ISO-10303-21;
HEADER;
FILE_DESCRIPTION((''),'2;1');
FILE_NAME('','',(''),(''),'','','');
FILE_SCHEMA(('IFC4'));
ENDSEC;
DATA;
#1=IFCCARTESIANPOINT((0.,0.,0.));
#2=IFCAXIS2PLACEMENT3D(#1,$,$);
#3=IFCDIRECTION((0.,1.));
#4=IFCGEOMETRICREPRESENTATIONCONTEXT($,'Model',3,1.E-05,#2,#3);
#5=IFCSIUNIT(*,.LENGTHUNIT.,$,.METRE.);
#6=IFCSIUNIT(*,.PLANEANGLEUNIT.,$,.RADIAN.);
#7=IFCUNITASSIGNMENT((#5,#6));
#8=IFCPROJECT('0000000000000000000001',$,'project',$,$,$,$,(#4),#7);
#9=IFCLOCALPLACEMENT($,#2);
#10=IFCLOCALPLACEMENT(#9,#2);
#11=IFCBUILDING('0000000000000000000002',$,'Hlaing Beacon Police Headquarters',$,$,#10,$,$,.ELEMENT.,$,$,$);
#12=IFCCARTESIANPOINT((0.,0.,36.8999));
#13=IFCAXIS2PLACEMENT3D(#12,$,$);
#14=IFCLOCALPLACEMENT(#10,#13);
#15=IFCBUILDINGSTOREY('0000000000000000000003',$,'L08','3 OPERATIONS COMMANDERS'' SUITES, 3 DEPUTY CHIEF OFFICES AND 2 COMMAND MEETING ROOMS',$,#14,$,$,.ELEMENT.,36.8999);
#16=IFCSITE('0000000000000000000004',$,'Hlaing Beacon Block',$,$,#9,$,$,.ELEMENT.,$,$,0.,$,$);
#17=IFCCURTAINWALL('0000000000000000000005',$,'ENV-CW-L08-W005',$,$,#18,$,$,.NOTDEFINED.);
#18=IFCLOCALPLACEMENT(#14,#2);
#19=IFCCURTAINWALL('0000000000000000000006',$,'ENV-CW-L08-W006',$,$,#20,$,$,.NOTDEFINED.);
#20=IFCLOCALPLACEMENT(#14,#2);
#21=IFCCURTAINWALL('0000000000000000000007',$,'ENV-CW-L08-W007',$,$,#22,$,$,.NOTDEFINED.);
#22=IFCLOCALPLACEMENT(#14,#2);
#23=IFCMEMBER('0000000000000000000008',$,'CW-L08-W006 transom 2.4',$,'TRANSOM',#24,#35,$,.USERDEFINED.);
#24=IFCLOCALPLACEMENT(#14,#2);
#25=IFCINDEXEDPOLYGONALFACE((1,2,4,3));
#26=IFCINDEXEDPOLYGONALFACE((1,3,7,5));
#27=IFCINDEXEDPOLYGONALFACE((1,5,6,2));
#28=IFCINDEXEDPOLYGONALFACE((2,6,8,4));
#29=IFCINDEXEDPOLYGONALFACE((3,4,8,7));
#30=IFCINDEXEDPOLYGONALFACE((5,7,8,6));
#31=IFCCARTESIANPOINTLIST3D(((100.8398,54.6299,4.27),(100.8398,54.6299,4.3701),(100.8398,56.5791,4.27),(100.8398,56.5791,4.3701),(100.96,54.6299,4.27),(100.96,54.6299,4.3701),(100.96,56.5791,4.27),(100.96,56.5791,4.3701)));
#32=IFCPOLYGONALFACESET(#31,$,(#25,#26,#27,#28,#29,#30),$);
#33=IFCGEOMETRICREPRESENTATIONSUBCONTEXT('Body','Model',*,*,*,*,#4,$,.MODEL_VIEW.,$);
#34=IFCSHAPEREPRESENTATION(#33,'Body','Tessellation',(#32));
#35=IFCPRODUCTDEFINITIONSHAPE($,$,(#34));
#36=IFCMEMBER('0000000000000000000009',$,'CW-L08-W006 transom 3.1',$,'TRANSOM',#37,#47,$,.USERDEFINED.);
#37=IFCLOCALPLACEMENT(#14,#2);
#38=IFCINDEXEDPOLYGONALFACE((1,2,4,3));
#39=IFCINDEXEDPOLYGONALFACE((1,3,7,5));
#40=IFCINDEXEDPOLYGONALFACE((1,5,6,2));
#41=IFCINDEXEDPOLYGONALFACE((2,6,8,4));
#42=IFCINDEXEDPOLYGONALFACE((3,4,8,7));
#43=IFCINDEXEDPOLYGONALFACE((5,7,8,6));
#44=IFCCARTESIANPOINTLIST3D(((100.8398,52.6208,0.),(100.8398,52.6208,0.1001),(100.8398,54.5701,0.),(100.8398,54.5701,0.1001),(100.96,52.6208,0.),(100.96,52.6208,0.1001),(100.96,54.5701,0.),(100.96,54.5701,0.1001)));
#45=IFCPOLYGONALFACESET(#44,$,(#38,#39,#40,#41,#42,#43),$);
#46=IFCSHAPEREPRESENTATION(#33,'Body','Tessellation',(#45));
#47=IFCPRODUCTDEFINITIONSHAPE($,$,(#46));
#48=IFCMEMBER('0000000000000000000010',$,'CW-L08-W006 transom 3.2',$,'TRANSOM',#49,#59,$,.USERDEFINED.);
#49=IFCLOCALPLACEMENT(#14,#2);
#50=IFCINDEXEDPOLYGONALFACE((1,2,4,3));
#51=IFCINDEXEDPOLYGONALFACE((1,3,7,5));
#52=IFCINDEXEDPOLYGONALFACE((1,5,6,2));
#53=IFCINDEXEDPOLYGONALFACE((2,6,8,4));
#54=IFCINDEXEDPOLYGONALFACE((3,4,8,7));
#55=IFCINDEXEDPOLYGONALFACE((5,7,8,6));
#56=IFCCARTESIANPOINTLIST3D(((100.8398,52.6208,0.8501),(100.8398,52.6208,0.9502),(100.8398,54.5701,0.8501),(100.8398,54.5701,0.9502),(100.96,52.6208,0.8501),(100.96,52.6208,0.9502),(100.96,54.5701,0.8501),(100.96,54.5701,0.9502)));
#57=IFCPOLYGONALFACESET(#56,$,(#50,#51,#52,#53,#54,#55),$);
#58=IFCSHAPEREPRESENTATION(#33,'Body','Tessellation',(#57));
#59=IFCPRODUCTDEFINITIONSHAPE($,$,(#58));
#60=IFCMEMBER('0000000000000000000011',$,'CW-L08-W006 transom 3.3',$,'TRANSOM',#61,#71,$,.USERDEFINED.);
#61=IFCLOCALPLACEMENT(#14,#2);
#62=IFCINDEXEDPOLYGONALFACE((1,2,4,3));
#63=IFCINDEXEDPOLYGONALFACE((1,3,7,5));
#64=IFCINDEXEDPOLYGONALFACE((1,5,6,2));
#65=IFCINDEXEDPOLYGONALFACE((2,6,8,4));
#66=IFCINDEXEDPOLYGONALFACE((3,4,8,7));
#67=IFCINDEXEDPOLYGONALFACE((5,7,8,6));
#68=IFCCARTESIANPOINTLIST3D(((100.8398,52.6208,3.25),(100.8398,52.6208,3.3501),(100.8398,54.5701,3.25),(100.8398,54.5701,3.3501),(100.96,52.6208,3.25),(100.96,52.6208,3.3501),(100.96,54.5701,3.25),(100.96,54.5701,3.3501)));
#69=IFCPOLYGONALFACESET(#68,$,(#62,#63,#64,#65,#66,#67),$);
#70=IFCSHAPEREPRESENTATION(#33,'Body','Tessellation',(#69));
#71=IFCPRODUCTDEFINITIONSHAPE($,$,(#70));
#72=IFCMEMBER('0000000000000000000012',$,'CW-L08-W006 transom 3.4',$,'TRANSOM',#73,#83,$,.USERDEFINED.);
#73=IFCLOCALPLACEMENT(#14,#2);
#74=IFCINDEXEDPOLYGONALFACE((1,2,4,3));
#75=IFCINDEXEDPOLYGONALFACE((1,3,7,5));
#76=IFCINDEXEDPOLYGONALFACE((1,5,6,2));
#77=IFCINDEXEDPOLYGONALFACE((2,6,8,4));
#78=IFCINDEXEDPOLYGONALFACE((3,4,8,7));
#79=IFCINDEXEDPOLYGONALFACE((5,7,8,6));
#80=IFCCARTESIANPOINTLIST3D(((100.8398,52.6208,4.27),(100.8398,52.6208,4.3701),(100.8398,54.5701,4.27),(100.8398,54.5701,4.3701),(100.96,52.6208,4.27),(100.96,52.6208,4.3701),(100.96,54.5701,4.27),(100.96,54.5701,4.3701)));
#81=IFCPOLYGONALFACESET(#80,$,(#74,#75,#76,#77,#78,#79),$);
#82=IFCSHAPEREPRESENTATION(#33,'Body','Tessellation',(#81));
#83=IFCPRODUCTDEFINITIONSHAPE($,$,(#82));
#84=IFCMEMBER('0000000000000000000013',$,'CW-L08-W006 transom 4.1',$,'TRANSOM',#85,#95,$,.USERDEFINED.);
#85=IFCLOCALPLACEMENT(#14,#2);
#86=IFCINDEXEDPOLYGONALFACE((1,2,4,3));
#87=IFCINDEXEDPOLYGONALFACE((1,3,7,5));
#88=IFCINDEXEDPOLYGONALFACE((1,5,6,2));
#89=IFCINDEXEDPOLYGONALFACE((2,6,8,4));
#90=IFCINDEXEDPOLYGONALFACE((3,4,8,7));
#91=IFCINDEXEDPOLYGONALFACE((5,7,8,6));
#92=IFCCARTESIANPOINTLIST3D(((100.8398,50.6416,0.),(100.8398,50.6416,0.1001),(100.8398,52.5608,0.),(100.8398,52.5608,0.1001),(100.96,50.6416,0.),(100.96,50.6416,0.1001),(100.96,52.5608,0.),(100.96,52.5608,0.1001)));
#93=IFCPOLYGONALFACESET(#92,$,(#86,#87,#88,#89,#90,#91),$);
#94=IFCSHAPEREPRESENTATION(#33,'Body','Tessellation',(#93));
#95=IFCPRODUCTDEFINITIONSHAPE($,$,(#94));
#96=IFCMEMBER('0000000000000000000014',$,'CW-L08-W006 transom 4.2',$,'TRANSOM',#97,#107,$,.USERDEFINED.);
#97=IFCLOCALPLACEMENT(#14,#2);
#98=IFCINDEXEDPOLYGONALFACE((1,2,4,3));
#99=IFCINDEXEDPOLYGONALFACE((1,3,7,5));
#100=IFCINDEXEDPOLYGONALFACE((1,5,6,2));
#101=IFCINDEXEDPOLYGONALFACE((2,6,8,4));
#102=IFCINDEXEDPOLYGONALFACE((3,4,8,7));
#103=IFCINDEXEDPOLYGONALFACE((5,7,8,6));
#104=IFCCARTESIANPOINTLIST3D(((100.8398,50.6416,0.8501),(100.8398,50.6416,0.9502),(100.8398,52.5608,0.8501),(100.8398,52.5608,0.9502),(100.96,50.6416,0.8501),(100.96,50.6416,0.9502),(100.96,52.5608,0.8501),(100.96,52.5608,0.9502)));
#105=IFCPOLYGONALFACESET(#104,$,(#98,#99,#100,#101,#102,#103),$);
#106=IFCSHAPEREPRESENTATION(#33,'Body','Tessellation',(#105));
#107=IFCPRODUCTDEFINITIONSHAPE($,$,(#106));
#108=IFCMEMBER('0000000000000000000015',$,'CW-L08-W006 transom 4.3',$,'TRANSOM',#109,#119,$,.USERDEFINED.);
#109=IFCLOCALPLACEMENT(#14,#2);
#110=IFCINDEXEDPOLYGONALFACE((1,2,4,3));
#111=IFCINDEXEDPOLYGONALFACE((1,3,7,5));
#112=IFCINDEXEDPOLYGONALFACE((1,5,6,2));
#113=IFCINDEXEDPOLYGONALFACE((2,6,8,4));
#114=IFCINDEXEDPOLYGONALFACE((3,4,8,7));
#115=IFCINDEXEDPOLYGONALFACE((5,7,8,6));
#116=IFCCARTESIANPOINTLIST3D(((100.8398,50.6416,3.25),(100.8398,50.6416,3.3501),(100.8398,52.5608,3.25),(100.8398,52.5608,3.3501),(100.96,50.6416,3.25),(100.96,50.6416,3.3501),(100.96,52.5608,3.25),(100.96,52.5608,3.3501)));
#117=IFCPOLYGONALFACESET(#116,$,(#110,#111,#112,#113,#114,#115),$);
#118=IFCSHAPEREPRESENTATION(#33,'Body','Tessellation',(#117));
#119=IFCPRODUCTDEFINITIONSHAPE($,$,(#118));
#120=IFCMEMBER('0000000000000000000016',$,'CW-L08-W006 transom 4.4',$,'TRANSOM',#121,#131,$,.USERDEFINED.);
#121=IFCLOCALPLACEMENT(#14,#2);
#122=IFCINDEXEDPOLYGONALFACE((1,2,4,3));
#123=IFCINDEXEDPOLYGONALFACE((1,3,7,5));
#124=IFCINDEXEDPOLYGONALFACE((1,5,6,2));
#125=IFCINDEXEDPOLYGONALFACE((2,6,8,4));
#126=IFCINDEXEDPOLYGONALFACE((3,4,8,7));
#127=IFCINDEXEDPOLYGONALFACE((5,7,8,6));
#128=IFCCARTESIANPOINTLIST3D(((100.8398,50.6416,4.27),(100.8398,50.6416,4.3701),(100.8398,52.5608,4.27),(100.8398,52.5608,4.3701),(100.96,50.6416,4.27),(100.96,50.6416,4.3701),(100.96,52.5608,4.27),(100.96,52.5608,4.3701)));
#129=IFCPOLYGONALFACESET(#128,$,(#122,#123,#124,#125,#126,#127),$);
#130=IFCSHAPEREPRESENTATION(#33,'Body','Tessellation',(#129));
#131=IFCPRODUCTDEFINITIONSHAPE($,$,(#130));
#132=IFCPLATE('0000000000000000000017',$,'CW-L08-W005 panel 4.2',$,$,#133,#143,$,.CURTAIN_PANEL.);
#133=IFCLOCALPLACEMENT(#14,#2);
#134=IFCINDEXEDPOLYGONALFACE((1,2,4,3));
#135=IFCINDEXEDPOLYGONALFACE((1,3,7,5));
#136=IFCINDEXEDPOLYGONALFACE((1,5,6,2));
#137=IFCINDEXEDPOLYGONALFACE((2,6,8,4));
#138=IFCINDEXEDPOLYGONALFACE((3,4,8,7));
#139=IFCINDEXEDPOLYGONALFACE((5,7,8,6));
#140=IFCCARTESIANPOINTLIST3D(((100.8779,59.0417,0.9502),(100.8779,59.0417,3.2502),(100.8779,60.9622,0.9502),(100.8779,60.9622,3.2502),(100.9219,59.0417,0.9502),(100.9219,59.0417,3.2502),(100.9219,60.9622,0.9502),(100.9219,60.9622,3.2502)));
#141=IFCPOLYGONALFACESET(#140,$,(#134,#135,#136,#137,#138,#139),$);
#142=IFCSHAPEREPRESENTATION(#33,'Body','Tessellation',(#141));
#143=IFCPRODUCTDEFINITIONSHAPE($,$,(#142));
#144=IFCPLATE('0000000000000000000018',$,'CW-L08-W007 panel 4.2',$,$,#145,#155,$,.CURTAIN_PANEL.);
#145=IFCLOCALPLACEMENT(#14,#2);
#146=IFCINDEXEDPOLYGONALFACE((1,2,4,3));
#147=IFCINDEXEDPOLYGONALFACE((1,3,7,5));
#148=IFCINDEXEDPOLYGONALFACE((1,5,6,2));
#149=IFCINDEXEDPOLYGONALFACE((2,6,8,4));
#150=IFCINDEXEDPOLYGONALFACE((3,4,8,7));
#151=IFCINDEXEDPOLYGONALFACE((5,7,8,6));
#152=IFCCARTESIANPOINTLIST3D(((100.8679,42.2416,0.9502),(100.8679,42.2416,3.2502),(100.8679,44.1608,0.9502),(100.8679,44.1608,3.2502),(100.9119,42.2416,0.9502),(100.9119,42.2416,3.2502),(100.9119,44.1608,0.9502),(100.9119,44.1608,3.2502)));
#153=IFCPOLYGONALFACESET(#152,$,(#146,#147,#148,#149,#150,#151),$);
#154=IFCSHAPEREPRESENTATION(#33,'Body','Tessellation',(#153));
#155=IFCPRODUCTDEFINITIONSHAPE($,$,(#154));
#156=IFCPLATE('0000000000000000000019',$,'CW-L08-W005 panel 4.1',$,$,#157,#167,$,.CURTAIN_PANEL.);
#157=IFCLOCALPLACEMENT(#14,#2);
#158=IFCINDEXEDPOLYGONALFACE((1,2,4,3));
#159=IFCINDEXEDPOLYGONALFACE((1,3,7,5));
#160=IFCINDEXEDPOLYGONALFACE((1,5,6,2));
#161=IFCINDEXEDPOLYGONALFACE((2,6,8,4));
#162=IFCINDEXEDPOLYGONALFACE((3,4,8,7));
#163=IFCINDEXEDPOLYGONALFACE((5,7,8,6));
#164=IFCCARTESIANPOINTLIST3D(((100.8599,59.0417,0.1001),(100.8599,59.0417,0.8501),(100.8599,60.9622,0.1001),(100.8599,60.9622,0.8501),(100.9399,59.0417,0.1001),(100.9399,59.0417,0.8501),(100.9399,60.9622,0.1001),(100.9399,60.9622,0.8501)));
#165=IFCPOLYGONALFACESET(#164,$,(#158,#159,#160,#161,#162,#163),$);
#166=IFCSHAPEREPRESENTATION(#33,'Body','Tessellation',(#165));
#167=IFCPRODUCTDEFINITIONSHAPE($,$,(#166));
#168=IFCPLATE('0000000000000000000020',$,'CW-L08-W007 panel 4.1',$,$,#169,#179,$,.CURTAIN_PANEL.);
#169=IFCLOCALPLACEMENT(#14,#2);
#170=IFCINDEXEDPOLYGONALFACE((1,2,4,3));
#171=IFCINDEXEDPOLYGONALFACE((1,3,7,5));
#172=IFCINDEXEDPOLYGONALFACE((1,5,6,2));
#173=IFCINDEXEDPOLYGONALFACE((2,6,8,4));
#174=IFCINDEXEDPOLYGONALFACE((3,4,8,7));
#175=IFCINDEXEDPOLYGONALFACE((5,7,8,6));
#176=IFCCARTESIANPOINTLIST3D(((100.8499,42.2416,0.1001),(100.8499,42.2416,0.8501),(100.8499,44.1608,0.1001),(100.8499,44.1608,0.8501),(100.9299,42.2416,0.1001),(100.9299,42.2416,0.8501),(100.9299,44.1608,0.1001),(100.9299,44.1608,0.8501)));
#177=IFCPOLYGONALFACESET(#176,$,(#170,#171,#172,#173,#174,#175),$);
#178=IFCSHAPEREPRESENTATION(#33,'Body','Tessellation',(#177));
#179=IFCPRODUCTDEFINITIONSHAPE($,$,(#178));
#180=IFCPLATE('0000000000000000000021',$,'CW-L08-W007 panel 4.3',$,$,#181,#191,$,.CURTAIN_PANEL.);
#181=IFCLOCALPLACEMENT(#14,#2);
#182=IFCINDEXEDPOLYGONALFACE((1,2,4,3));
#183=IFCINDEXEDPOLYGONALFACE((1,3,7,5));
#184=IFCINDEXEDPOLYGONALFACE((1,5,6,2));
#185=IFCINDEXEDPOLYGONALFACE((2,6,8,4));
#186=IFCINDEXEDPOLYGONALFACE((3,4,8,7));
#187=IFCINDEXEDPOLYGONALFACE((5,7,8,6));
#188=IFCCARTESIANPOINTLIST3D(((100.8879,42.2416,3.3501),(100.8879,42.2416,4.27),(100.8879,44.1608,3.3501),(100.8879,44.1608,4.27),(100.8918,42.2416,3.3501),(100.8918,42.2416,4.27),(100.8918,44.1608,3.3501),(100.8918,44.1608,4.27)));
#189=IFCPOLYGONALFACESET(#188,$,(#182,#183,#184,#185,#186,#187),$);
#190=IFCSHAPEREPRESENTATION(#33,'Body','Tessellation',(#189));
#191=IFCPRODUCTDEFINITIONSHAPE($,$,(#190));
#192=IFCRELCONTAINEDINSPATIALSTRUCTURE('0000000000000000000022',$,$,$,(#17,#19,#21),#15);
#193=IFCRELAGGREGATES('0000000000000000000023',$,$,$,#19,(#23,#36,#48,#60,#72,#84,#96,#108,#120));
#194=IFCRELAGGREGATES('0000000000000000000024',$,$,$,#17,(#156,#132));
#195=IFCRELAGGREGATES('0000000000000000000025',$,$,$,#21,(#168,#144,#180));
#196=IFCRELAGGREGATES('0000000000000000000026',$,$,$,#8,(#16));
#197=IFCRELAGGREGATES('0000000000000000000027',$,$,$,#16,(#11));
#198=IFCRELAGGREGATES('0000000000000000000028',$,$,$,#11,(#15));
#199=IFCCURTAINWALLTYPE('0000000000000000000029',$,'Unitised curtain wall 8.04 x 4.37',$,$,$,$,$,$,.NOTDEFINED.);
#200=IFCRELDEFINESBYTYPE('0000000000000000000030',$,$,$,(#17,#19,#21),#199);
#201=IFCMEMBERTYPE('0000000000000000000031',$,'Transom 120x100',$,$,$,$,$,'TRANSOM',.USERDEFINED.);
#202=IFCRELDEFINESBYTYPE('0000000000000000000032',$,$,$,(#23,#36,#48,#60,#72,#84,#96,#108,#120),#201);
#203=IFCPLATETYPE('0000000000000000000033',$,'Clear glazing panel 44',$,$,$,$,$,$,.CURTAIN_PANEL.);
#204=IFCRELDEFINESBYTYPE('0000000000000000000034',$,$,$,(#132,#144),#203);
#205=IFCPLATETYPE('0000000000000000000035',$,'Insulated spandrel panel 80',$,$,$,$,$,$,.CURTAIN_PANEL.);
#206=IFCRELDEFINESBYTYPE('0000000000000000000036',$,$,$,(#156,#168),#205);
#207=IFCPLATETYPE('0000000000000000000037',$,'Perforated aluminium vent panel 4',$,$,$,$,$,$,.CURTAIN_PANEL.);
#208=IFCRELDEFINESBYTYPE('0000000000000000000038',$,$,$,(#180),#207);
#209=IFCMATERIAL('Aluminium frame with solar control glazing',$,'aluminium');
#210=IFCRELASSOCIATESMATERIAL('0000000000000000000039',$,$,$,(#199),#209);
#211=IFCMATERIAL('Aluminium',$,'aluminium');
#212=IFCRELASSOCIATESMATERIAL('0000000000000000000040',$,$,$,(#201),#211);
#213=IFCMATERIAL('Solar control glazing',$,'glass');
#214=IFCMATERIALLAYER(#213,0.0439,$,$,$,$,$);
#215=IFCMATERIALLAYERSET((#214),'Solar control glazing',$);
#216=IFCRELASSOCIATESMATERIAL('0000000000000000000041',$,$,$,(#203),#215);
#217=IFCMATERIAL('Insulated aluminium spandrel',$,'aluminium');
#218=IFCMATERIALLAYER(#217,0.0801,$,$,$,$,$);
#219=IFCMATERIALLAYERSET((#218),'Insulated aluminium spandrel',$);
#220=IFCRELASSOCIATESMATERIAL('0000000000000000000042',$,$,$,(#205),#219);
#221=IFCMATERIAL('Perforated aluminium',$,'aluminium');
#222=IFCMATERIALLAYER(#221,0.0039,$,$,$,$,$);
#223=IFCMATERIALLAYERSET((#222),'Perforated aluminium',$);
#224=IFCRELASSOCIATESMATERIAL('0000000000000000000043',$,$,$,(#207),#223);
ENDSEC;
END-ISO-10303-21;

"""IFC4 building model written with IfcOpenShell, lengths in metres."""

from ifc_helpers import new_model, si_unit, direction, frame, origin, origin_2d, place, context, subcontext, project, spatial, rectangle, extrude, material, layer, layer_set, material_profile, profile_set, type_object, element, aggregate, save


model = new_model("IFC4")

# Units and contexts
model_context = context("Model", 3, precision=1e-05, world=origin(), true_north=direction((0.0, 1.0)))
body_context = subcontext(model_context, "Body", "Model", "MODEL_VIEW")
ifc_project = project(units=[si_unit("LENGTHUNIT", "METRE"), si_unit("PLANEANGLEUNIT", "RADIAN")], contexts=[model_context])

# Site, building, storey
site_placement = place(None, origin())
site = spatial("IfcSite", under=ifc_project, at=site_placement, Name="Hlaing Beacon Block", CompositionType="ELEMENT", RefElevation=0.0)
building_placement = place(site_placement, origin())
building = spatial("IfcBuilding", under=site, at=building_placement, Name="Hlaing Beacon Police Headquarters", CompositionType="ELEMENT")
storey_placement = place(building_placement, frame((0.0, 0.0, 36.8999)))
storey = spatial("IfcBuildingStorey", under=building, at=storey_placement, Name="L08", Description="3 OPERATIONS COMMANDERS' SUITES, 3 DEPUTY CHIEF OFFICES AND 2 COMMAND MEETING ROOMS", CompositionType="ELEMENT", Elevation=36.8999)

# Curtain wall
ifc_material_1 = material(Name="Aluminium frame with solar control glazing", Category="aluminium")
curtain_wall_type = type_object("IfcCurtainWallType", Name="Unitised curtain wall 8.04 x 4.37", PredefinedType="NOTDEFINED", material=ifc_material_1)
curtain_wall_1_placement = place(storey_placement, origin())
curtain_wall_1 = element("IfcCurtainWall", 1, at=curtain_wall_1_placement, inside=storey, type_object=curtain_wall_type, Name="ENV-CW-L08-W005", PredefinedType="NOTDEFINED")

# Curtain walls
curtain_wall_2_placement = place(storey_placement, origin())
curtain_wall_2 = element("IfcCurtainWall", 2, at=curtain_wall_2_placement, inside=storey, type_object=curtain_wall_type, Name="ENV-CW-L08-W006", PredefinedType="NOTDEFINED")
curtain_wall_3_placement = place(storey_placement, origin())
curtain_wall_3 = element("IfcCurtainWall", 3, at=curtain_wall_3_placement, inside=storey, type_object=curtain_wall_type, Name="ENV-CW-L08-W007", PredefinedType="NOTDEFINED")

# Members
ifc_material_2 = material(Name="Aluminium", Category="aluminium")
ifc_material_profile_1 = material_profile(ifc_material_2, rectangle(XDim=0.1201, YDim=0.1001, at=origin_2d()), Name="Transom 120x100")
ifc_profile_set_1 = profile_set([ifc_material_profile_1], Name="Aluminium")
member_type_1 = type_object("IfcMemberType", Name="Transom 120x100", ElementType="TRANSOM", PredefinedType="USERDEFINED", material=ifc_profile_set_1)
member_1_placement = place(storey_placement, frame((100.8999, 56.5791, 4.3201), z_axis=(0.0, -1.0, 0.0), x_axis=(1.0, 0.0, 0.0)))
member_1 = element("IfcMember", 4, at=member_1_placement, type_object=member_type_1, Name="CW-L08-W006 transom 2.4", ObjectType="TRANSOM", PredefinedType="USERDEFINED", context=body_context, shape_type="SweptSolid", body=[
    extrude(rectangle(XDim=0.1201, YDim=0.1001, at=origin_2d()), origin(), (0.0, 0.0, 1.0), 1.9492),
])
member_2_placement = place(storey_placement, frame((100.8999, 54.5701, 0.05), z_axis=(0.0, -1.0, 0.0), x_axis=(1.0, 0.0, 0.0)))
member_2 = element("IfcMember", 5, at=member_2_placement, type_object=member_type_1, Name="CW-L08-W006 transom 3.1", ObjectType="TRANSOM", PredefinedType="USERDEFINED", context=body_context, shape_type="SweptSolid", body=[
    extrude(rectangle(XDim=0.1201, YDim=0.1001, at=origin_2d()), origin(), (0.0, 0.0, 1.0), 1.9492),
])
member_3_placement = place(storey_placement, frame((100.8999, 54.5701, 0.9001), z_axis=(0.0, -1.0, 0.0), x_axis=(1.0, 0.0, 0.0)))
member_3 = element("IfcMember", 6, at=member_3_placement, type_object=member_type_1, Name="CW-L08-W006 transom 3.2", ObjectType="TRANSOM", PredefinedType="USERDEFINED", context=body_context, shape_type="SweptSolid", body=[
    extrude(rectangle(XDim=0.1201, YDim=0.1001, at=origin_2d()), origin(), (0.0, 0.0, 1.0), 1.9492),
])
member_4_placement = place(storey_placement, frame((100.8999, 54.5701, 3.3), z_axis=(0.0, -1.0, 0.0), x_axis=(1.0, 0.0, 0.0)))
member_4 = element("IfcMember", 7, at=member_4_placement, type_object=member_type_1, Name="CW-L08-W006 transom 3.3", ObjectType="TRANSOM", PredefinedType="USERDEFINED", context=body_context, shape_type="SweptSolid", body=[
    extrude(rectangle(XDim=0.1201, YDim=0.1001, at=origin_2d()), origin(), (0.0, 0.0, 1.0), 1.9492),
])
member_5_placement = place(storey_placement, frame((100.8999, 54.5701, 4.3201), z_axis=(0.0, -1.0, 0.0), x_axis=(1.0, 0.0, 0.0)))
member_5 = element("IfcMember", 8, at=member_5_placement, type_object=member_type_1, Name="CW-L08-W006 transom 3.4", ObjectType="TRANSOM", PredefinedType="USERDEFINED", context=body_context, shape_type="SweptSolid", body=[
    extrude(rectangle(XDim=0.1201, YDim=0.1001, at=origin_2d()), origin(), (0.0, 0.0, 1.0), 1.9492),
])
member_6_placement = place(storey_placement, frame((100.8999, 52.5608, 0.05), z_axis=(0.0, -1.0, 0.0), x_axis=(1.0, 0.0, 0.0)))
member_6 = element("IfcMember", 9, at=member_6_placement, type_object=member_type_1, Name="CW-L08-W006 transom 4.1", ObjectType="TRANSOM", PredefinedType="USERDEFINED", context=body_context, shape_type="SweptSolid", body=[
    extrude(rectangle(XDim=0.1201, YDim=0.1001, at=origin_2d()), origin(), (0.0, 0.0, 1.0), 1.9192),
])
member_7_placement = place(storey_placement, frame((100.8999, 52.5608, 0.9001), z_axis=(0.0, -1.0, 0.0), x_axis=(1.0, 0.0, 0.0)))
member_7 = element("IfcMember", 10, at=member_7_placement, type_object=member_type_1, Name="CW-L08-W006 transom 4.2", ObjectType="TRANSOM", PredefinedType="USERDEFINED", context=body_context, shape_type="SweptSolid", body=[
    extrude(rectangle(XDim=0.1201, YDim=0.1001, at=origin_2d()), origin(), (0.0, 0.0, 1.0), 1.9192),
])
member_8_placement = place(storey_placement, frame((100.8999, 52.5608, 3.3), z_axis=(0.0, -1.0, 0.0), x_axis=(1.0, 0.0, 0.0)))
member_8 = element("IfcMember", 11, at=member_8_placement, type_object=member_type_1, Name="CW-L08-W006 transom 4.3", ObjectType="TRANSOM", PredefinedType="USERDEFINED", context=body_context, shape_type="SweptSolid", body=[
    extrude(rectangle(XDim=0.1201, YDim=0.1001, at=origin_2d()), origin(), (0.0, 0.0, 1.0), 1.9192),
])
member_9_placement = place(storey_placement, frame((100.8999, 52.5608, 4.3201), z_axis=(0.0, -1.0, 0.0), x_axis=(1.0, 0.0, 0.0)))
member_9 = element("IfcMember", 12, at=member_9_placement, type_object=member_type_1, Name="CW-L08-W006 transom 4.4", ObjectType="TRANSOM", PredefinedType="USERDEFINED", context=body_context, shape_type="SweptSolid", body=[
    extrude(rectangle(XDim=0.1201, YDim=0.1001, at=origin_2d()), origin(), (0.0, 0.0, 1.0), 1.9192),
])
aggregate(curtain_wall_2, [member_1, member_2, member_3, member_4, member_5, member_6, member_7, member_8, member_9])

# Plates
ifc_material_3 = material(Name="Solar control glazing", Category="glass")
ifc_layer_1 = layer(ifc_material_3, 0.0439)
ifc_layer_set_1 = layer_set([ifc_layer_1], Name="Solar control glazing")
plate_type_1 = type_object("IfcPlateType", Name="Clear glazing panel 44", PredefinedType="CURTAIN_PANEL", material=ifc_layer_set_1)
plate_1_placement = place(storey_placement, frame((100.8999, 60.002, 0.9502), z_axis=(0.0, 0.0, 1.0), x_axis=(0.0, -1.0, 0.0)))
plate_1 = element("IfcPlate", 13, at=plate_1_placement, type_object=plate_type_1, Name="CW-L08-W005 panel 4.2", PredefinedType="CURTAIN_PANEL", context=body_context, shape_type="SweptSolid", body=[
    extrude(rectangle(XDim=1.9204, YDim=0.0439, at=origin_2d()), origin(), (0.0, 0.0, 1.0), 2.3),
])
plate_2_placement = place(storey_placement, frame((100.8899, 43.2012, 0.9502), z_axis=(0.0, 0.0, 1.0), x_axis=(0.0, -1.0, 0.0)))
plate_2 = element("IfcPlate", 14, at=plate_2_placement, type_object=plate_type_1, Name="CW-L08-W007 panel 4.2", PredefinedType="CURTAIN_PANEL", context=body_context, shape_type="SweptSolid", body=[
    extrude(rectangle(XDim=1.9192, YDim=0.0439, at=origin_2d()), origin(), (0.0, 0.0, 1.0), 2.3),
])
ifc_material_4 = material(Name="Insulated aluminium spandrel", Category="aluminium")
ifc_layer_2 = layer(ifc_material_4, 0.0801)
ifc_layer_set_2 = layer_set([ifc_layer_2], Name="Insulated aluminium spandrel")
plate_type_2 = type_object("IfcPlateType", Name="Insulated spandrel panel 80", PredefinedType="CURTAIN_PANEL", material=ifc_layer_set_2)
plate_3_placement = place(storey_placement, frame((100.8999, 60.002, 0.1001), z_axis=(0.0, 0.0, 1.0), x_axis=(0.0, -1.0, 0.0)))
plate_3 = element("IfcPlate", 15, at=plate_3_placement, type_object=plate_type_2, Name="CW-L08-W005 panel 4.1", PredefinedType="CURTAIN_PANEL", context=body_context, shape_type="SweptSolid", body=[
    extrude(rectangle(XDim=1.9204, YDim=0.0801, at=origin_2d()), origin(), (0.0, 0.0, 1.0), 0.75),
])
aggregate(curtain_wall_1, [plate_3, plate_1])
plate_4_placement = place(storey_placement, frame((100.8899, 43.2012, 0.1001), z_axis=(0.0, 0.0, 1.0), x_axis=(0.0, -1.0, 0.0)))
plate_4 = element("IfcPlate", 16, at=plate_4_placement, type_object=plate_type_2, Name="CW-L08-W007 panel 4.1", PredefinedType="CURTAIN_PANEL", context=body_context, shape_type="SweptSolid", body=[
    extrude(rectangle(XDim=1.9192, YDim=0.0801, at=origin_2d()), origin(), (0.0, 0.0, 1.0), 0.75),
])
ifc_material_5 = material(Name="Perforated aluminium", Category="aluminium")
ifc_layer_3 = layer(ifc_material_5, 0.0039)
ifc_layer_set_3 = layer_set([ifc_layer_3], Name="Perforated aluminium")
plate_type_3 = type_object("IfcPlateType", Name="Perforated aluminium vent panel 4", PredefinedType="CURTAIN_PANEL", material=ifc_layer_set_3)
plate_5_placement = place(storey_placement, frame((100.8899, 43.2012, 3.3501), z_axis=(0.0, 0.0, 1.0), x_axis=(0.0, -1.0, 0.0)))
plate_5 = element("IfcPlate", 17, at=plate_5_placement, type_object=plate_type_3, Name="CW-L08-W007 panel 4.3", PredefinedType="CURTAIN_PANEL", context=body_context, shape_type="SweptSolid", body=[
    extrude(rectangle(XDim=1.9192, YDim=0.0039, at=origin_2d()), origin(), (0.0, 0.0, 1.0), 0.9199),
])
aggregate(curtain_wall_3, [plate_4, plate_2, plate_5])

save(model, "model.ifc")
